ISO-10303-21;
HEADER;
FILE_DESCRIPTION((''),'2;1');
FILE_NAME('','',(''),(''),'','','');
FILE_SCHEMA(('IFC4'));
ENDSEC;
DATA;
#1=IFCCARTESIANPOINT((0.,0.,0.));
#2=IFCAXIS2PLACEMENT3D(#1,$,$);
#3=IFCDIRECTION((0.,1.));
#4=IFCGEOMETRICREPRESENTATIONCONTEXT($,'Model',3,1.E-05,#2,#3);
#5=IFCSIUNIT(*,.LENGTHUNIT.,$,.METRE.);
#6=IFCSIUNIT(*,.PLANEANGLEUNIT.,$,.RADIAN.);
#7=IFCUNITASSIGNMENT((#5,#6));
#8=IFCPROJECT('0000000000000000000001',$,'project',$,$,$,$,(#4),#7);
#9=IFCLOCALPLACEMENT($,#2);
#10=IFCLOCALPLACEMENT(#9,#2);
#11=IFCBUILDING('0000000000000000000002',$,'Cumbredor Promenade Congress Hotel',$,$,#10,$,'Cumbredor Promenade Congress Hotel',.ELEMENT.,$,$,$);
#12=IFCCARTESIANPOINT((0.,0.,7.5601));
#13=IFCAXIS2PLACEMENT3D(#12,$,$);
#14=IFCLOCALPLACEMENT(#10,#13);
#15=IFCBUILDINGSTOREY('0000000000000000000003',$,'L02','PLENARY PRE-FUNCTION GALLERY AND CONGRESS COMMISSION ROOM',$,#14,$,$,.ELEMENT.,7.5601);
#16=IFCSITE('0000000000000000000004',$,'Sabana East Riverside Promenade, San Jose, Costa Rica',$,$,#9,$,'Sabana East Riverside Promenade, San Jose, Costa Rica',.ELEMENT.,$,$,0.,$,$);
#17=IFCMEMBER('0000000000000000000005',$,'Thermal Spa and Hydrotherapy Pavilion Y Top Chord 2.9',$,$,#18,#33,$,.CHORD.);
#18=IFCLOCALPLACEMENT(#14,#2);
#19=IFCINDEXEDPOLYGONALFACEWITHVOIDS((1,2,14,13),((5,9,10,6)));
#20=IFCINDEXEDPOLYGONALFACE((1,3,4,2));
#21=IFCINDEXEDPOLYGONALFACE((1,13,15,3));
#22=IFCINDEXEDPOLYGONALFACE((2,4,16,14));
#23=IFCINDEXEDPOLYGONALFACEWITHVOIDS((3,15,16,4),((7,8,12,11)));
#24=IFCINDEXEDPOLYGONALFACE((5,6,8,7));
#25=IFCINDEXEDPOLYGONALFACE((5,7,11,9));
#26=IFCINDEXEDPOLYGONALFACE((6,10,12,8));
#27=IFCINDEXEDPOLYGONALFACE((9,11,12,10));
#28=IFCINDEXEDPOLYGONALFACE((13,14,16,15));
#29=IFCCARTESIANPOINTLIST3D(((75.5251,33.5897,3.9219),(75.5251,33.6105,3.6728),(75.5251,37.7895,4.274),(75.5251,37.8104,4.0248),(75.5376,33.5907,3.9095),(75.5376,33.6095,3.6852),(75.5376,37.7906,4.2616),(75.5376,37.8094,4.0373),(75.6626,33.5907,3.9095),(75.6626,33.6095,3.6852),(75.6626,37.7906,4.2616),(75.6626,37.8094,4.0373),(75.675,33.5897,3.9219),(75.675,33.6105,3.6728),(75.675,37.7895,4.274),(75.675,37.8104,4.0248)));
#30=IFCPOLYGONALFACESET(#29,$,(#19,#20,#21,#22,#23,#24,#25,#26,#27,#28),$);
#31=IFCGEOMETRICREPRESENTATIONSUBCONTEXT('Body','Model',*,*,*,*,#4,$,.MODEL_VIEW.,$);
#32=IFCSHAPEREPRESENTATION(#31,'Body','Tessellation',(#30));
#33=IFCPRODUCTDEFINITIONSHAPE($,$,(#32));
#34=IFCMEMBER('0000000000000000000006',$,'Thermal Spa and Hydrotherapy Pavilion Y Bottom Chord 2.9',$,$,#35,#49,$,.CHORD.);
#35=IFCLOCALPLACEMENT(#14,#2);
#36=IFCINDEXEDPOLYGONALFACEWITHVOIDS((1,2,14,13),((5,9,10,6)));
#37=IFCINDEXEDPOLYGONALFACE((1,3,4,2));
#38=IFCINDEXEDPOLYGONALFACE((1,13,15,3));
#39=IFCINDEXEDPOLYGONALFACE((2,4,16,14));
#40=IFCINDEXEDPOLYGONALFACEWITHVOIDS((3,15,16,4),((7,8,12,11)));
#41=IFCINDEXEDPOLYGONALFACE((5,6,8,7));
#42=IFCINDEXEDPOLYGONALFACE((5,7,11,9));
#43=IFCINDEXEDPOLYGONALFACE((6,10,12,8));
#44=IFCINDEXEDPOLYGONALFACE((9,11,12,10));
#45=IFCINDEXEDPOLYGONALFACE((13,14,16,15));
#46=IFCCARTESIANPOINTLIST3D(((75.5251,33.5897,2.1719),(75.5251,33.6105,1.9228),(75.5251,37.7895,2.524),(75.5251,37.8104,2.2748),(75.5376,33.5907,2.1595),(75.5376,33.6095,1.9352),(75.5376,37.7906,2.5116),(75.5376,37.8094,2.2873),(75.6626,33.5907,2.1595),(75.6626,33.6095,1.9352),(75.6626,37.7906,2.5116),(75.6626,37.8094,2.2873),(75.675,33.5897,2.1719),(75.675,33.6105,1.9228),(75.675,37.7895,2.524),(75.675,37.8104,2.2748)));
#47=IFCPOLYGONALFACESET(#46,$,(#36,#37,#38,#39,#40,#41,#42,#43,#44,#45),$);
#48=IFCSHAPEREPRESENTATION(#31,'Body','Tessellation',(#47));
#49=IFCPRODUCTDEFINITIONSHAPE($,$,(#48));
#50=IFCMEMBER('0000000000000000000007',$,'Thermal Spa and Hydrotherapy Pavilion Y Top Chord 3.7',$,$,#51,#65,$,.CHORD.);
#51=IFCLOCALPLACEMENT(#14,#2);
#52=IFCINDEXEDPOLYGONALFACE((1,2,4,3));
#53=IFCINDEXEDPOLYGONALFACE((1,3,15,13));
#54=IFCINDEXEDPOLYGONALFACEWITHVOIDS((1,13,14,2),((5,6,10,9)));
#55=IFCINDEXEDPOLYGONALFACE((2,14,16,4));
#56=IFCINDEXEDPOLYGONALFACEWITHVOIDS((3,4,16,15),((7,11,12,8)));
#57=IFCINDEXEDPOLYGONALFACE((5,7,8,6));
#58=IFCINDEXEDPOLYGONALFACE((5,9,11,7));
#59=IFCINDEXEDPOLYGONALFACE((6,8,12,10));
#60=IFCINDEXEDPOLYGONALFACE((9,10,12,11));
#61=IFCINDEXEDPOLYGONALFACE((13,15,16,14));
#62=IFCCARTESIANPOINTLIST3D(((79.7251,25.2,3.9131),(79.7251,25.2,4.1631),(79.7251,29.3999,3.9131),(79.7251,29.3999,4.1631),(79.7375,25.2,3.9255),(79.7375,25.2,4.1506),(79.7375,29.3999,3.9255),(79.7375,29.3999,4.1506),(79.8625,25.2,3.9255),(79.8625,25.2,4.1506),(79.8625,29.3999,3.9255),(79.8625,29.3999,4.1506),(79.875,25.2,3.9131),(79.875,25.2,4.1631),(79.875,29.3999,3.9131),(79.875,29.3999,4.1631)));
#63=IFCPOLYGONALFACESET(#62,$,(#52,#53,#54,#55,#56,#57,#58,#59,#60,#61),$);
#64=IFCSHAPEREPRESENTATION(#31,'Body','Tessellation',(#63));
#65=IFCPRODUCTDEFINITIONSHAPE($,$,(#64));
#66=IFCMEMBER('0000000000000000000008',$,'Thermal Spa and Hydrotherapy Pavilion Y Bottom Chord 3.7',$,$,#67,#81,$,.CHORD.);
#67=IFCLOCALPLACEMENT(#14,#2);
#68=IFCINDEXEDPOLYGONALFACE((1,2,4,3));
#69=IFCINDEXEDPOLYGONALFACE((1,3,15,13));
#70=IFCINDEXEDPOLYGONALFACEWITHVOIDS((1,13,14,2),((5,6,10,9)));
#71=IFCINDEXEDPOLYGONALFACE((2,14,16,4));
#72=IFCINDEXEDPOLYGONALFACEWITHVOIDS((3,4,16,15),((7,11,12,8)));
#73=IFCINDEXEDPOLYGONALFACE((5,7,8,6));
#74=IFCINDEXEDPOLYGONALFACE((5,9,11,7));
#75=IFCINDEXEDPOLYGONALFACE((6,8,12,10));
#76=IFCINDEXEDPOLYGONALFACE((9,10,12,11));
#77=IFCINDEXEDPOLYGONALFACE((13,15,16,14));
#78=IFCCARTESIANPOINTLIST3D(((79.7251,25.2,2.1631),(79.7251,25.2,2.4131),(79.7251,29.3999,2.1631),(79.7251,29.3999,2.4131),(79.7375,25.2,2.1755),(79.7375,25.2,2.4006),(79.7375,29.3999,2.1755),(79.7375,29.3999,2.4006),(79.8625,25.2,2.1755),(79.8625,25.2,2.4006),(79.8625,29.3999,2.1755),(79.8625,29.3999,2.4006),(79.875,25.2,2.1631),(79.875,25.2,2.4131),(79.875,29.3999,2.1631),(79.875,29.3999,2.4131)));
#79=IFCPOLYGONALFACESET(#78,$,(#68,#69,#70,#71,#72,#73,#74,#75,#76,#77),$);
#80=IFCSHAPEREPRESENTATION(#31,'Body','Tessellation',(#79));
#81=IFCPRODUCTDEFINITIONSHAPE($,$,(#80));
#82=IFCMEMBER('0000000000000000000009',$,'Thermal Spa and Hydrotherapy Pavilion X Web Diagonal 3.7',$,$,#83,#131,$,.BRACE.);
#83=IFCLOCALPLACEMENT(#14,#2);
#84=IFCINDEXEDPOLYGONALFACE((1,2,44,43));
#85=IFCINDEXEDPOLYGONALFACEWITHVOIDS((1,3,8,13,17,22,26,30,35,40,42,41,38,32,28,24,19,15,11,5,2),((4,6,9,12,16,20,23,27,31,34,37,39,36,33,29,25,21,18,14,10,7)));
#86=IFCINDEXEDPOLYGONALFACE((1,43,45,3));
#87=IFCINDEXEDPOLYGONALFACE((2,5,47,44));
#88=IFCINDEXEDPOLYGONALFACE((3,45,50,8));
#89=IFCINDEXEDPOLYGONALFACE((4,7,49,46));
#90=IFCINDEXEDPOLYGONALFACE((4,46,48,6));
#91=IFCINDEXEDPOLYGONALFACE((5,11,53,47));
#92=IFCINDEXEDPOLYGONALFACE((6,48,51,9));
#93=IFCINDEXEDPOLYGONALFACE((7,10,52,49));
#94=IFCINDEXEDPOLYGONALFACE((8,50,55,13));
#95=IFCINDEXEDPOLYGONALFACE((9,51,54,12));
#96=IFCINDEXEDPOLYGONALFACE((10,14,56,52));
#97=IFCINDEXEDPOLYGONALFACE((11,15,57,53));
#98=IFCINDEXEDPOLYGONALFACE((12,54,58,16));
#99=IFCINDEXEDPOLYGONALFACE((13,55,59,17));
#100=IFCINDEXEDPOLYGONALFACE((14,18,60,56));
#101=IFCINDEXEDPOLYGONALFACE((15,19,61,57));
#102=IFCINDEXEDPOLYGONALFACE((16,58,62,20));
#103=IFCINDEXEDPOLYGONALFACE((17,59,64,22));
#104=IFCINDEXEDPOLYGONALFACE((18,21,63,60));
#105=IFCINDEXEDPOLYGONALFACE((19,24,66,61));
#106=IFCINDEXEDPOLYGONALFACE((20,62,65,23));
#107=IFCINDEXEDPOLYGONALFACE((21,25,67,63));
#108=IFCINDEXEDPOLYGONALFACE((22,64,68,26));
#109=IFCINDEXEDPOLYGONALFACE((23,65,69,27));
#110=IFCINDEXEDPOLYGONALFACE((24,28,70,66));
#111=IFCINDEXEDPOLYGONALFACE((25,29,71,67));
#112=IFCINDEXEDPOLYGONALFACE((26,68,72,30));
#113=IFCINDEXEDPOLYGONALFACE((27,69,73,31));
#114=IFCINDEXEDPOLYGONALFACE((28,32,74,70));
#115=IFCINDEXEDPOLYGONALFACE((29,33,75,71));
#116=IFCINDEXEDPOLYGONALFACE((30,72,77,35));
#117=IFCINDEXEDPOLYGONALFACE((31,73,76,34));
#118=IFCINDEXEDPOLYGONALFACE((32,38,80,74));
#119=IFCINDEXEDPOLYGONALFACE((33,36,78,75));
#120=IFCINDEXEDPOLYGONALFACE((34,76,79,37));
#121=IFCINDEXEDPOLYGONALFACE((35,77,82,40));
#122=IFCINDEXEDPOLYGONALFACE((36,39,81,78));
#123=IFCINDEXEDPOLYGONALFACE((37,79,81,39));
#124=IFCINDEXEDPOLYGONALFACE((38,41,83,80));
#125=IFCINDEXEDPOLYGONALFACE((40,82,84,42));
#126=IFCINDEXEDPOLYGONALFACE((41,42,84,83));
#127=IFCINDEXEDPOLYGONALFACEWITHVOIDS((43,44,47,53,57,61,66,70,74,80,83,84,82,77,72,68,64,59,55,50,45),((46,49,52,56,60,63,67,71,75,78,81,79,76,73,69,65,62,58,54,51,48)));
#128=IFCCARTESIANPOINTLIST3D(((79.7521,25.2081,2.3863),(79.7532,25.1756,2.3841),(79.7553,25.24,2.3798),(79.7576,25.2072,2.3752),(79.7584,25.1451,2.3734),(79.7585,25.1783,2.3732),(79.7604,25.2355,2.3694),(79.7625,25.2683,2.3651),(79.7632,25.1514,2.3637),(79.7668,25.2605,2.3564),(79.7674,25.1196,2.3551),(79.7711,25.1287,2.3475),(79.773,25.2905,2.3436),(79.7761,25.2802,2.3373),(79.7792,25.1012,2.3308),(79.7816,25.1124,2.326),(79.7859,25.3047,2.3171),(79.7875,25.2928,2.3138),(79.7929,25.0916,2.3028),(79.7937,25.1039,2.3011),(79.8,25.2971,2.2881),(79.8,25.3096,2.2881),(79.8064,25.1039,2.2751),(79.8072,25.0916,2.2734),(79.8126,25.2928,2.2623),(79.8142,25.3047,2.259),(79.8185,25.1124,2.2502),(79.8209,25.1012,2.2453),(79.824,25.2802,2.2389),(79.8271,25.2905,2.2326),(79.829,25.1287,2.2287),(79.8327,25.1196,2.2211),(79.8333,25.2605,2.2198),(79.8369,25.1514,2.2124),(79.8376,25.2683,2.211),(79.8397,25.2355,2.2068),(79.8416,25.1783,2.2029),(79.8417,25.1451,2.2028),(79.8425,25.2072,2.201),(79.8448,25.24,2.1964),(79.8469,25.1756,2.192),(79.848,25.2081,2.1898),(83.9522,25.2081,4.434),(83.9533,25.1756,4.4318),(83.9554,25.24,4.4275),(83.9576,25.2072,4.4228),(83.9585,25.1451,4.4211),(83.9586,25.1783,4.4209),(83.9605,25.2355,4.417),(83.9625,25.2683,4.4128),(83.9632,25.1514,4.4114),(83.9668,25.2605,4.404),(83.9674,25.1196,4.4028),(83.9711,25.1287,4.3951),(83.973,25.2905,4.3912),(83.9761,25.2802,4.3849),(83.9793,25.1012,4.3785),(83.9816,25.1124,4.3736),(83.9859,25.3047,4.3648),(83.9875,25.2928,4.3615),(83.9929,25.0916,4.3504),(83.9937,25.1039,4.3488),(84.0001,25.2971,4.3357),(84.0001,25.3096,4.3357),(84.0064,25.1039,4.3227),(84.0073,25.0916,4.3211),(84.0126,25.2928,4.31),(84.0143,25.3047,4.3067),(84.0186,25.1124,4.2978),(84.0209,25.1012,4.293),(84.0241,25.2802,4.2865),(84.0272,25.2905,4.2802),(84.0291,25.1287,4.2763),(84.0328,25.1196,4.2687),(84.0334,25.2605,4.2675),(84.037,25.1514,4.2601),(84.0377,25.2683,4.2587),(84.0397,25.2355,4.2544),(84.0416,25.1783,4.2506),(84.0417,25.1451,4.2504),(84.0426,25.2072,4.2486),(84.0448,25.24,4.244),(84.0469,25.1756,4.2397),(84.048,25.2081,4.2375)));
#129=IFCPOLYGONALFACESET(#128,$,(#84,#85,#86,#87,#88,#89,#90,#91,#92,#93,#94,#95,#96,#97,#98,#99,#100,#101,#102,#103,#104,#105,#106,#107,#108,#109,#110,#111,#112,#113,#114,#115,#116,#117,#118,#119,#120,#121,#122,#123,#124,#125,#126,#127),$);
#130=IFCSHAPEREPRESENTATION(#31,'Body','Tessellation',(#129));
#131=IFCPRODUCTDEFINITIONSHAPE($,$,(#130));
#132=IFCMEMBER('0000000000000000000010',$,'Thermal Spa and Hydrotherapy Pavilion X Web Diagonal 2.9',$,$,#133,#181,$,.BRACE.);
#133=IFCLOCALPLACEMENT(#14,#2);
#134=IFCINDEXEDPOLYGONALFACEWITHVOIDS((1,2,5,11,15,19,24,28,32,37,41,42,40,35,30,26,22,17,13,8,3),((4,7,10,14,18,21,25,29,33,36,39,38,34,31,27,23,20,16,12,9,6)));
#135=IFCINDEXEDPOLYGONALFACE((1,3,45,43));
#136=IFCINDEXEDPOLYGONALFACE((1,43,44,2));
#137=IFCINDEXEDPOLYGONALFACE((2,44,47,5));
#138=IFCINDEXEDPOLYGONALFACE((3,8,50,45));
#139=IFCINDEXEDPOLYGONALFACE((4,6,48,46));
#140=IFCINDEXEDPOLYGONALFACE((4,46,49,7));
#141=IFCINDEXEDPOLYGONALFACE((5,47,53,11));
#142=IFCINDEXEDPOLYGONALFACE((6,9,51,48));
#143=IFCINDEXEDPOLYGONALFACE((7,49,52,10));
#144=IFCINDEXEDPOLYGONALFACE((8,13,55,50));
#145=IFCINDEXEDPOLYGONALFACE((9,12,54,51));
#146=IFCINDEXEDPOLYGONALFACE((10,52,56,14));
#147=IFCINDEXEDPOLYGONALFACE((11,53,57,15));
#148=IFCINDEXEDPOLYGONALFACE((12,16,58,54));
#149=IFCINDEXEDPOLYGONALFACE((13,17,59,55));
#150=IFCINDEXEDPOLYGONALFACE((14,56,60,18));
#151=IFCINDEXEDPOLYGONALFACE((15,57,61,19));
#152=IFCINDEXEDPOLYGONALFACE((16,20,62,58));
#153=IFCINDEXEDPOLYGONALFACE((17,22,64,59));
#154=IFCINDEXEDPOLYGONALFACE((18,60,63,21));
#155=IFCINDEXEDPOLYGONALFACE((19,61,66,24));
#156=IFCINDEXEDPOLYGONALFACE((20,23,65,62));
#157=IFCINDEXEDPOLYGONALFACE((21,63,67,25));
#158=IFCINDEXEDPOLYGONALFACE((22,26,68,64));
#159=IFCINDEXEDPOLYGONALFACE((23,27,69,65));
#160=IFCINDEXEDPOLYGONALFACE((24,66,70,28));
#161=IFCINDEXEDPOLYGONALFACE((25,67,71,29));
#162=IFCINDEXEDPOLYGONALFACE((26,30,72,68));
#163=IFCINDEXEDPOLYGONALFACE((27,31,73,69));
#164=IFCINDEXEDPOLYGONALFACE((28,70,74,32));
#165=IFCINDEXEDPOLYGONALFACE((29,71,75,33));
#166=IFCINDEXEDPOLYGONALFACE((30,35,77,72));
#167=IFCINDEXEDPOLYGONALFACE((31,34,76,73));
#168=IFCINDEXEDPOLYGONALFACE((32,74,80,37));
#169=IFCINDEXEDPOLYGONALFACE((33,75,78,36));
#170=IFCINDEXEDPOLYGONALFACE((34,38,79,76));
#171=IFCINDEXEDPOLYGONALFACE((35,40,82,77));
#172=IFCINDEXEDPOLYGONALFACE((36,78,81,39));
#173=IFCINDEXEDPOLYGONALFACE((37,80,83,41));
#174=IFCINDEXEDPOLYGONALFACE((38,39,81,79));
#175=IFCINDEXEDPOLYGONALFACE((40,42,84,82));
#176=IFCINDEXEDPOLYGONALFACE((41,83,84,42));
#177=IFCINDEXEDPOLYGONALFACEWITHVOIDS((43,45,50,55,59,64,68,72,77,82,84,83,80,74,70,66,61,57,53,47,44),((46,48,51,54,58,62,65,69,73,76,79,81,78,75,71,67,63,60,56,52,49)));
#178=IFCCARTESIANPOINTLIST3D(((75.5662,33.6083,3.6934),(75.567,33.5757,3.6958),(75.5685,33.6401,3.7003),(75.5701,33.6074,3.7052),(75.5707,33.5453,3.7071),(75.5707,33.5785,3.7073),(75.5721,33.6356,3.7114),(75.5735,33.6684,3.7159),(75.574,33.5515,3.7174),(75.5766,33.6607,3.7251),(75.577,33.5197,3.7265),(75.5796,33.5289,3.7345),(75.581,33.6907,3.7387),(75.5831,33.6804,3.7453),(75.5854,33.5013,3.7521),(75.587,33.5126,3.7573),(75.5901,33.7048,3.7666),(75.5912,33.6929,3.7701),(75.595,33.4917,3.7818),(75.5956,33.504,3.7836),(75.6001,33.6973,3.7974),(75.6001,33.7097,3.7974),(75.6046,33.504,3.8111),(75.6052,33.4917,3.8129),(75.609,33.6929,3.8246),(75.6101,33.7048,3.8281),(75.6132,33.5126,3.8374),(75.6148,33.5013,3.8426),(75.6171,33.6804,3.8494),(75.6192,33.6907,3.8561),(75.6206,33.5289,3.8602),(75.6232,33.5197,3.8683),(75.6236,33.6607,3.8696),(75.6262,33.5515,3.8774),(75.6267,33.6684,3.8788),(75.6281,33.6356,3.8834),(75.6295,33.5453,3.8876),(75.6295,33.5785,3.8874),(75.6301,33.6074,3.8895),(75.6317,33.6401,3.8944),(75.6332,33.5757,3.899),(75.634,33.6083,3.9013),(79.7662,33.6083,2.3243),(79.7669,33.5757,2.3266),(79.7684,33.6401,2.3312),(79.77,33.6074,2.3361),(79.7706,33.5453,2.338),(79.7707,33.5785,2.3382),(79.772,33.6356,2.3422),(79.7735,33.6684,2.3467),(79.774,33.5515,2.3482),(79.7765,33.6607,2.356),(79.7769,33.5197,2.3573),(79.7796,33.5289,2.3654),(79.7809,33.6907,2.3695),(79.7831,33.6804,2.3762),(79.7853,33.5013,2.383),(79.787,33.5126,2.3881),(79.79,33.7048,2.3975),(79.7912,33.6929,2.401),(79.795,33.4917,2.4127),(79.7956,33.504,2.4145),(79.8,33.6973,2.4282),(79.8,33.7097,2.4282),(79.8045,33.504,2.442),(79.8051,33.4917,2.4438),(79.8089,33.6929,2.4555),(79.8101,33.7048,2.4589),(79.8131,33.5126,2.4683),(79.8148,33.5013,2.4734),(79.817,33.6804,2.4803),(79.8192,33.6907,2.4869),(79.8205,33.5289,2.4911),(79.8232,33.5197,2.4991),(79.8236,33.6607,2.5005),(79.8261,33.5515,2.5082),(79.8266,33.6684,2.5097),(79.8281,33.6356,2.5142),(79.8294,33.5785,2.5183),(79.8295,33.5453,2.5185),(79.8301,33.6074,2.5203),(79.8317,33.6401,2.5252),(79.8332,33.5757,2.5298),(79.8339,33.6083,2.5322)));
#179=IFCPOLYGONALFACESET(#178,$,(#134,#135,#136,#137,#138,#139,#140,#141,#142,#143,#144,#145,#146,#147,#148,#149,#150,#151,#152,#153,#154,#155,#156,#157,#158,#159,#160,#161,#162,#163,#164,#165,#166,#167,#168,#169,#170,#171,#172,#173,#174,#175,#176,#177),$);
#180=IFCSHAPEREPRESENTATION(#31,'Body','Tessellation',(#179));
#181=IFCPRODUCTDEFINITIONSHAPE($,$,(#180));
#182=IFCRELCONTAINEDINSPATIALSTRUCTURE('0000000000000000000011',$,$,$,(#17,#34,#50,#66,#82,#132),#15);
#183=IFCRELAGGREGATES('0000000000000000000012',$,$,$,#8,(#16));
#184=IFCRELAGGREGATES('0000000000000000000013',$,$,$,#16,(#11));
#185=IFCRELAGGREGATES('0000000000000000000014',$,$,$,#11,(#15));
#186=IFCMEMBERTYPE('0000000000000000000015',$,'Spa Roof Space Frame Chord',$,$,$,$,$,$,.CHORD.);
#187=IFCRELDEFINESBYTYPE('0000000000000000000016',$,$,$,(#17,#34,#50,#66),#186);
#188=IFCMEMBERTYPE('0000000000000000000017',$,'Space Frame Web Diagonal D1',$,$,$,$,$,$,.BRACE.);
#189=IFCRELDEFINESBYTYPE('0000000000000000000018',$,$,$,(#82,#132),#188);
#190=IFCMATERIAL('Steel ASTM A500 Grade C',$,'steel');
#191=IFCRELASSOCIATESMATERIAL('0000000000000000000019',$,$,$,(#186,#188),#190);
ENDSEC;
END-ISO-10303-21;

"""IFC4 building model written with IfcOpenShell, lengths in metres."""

from ifc_helpers import new_model, si_unit, direction, frame, origin, origin_2d, place, context, subcontext, project, spatial, hollow_rectangle, hollow_circle, extrude, material, material_profile, profile_set, type_object, element, save


model = new_model("IFC4")

# Units and contexts
model_context = context("Model", 3, precision=1e-05, world=origin(), true_north=direction((0.0, 1.0)))
body_context = subcontext(model_context, "Body", "Model", "MODEL_VIEW")
ifc_project = project(units=[si_unit("LENGTHUNIT", "METRE"), si_unit("PLANEANGLEUNIT", "RADIAN")], contexts=[model_context])

# Site, building, storey
site_placement = place(None, origin())
site = spatial("IfcSite", under=ifc_project, at=site_placement, Name="Sabana East Riverside Promenade, San Jose, Costa Rica", LongName="Sabana East Riverside Promenade, San Jose, Costa Rica", CompositionType="ELEMENT", RefElevation=0.0)
building_placement = place(site_placement, origin())
building = spatial("IfcBuilding", under=site, at=building_placement, Name="Cumbredor Promenade Congress Hotel", LongName="Cumbredor Promenade Congress Hotel", CompositionType="ELEMENT")
storey_placement = place(building_placement, frame((0.0, 0.0, 7.5601)))
storey = spatial("IfcBuildingStorey", under=building, at=storey_placement, Name="L02", Description="PLENARY PRE-FUNCTION GALLERY AND CONGRESS COMMISSION ROOM", CompositionType="ELEMENT", Elevation=7.5601)

# Members
ifc_material_1 = material(Name="Steel ASTM A500 Grade C", Category="steel")
ifc_material_profile_1 = material_profile(ifc_material_1, hollow_rectangle(XDim=0.1499, YDim=0.25, WallThickness=0.0125, at=origin_2d()), Name="HSS 250x150x12.5")
ifc_profile_set_1 = profile_set([ifc_material_profile_1], Name="Steel ASTM A500 Grade C")
member_type_1 = type_object("IfcMemberType", Name="Spa Roof Space Frame Chord", PredefinedType="CHORD", material=ifc_profile_set_1)
for number, where, z_axis, x_axis, name in (
    (1, (75.6001, 33.6001, 3.7974), (0.0, 0.996505, 0.08353), (-1.0, 0.0, 0.0), "Thermal Spa and Hydrotherapy Pavilion Y Top Chord 2.9"),
    (2, (75.6001, 33.6001, 2.0474), (0.0, 0.996505, 0.08353), (-1.0, 0.0, 0.0), "Thermal Spa and Hydrotherapy Pavilion Y Bottom Chord 2.9"),
):
    element("IfcMember", number, at=place(storey_placement, frame(where, z_axis=z_axis, x_axis=x_axis)), inside=storey, type_object=member_type_1, Name=name, PredefinedType="CHORD", context=body_context, shape_type="SweptSolid", body=[
        extrude(hollow_rectangle(XDim=0.1499, YDim=0.25, WallThickness=0.0125, at=origin_2d()), origin(), (0.0, 0.0, 1.0), 4.2146),
    ])
for number, where, z_axis, x_axis, name in (
    (3, (79.8, 25.2, 4.0381), (0.0, 1.0, 0.0), (-1.0, 0.0, 0.0), "Thermal Spa and Hydrotherapy Pavilion Y Top Chord 3.7"),
    (4, (79.8, 25.2, 2.2881), (0.0, 1.0, 0.0), (-1.0, 0.0, 0.0), "Thermal Spa and Hydrotherapy Pavilion Y Bottom Chord 3.7"),
):
    element("IfcMember", number, at=place(storey_placement, frame(where, z_axis=z_axis, x_axis=x_axis)), inside=storey, type_object=member_type_1, Name=name, PredefinedType="CHORD", context=body_context, shape_type="SweptSolid", body=[
        extrude(hollow_rectangle(XDim=0.1499, YDim=0.25, WallThickness=0.0125, at=origin_2d()), origin(), (0.0, 0.0, 1.0), 4.2),
    ])
ifc_material_profile_2 = material_profile(ifc_material_1, hollow_circle(Radius=0.1096, WallThickness=0.0125, at=origin_2d()), Name="CHS 219.1x12.5")
ifc_profile_set_2 = profile_set([ifc_material_profile_2], Name="Steel ASTM A500 Grade C")
member_type_2 = type_object("IfcMemberType", Name="Space Frame Web Diagonal D1", PredefinedType="BRACE", material=ifc_profile_set_2)
member_1_placement = place(storey_placement, frame((79.8, 25.2, 2.2881), z_axis=(0.898865, 0.0, 0.438225), x_axis=(0.0, 1.0, 0.0)))
element("IfcMember", 5, at=member_1_placement, inside=storey, type_object=member_type_2, Name="Thermal Spa and Hydrotherapy Pavilion X Web Diagonal 3.7", PredefinedType="BRACE", context=body_context, shape_type="SweptSolid", body=[
    extrude(hollow_circle(Radius=0.1096, WallThickness=0.0125, at=origin_2d()), origin(), (0.0, 0.0, 1.0), 4.6726),
])
member_2_placement = place(storey_placement, frame((75.6001, 33.6001, 3.7974), z_axis=(0.950757, 0.0, -0.309937), x_axis=(0.0, 1.0, 0.0)))
element("IfcMember", 6, at=member_2_placement, inside=storey, type_object=member_type_2, Name="Thermal Spa and Hydrotherapy Pavilion X Web Diagonal 2.9", PredefinedType="BRACE", context=body_context, shape_type="SweptSolid", body=[
    extrude(hollow_circle(Radius=0.1096, WallThickness=0.0125, at=origin_2d()), origin(), (0.0, 0.0, 1.0), 4.4175),
])

save(model, "model.ifc")
